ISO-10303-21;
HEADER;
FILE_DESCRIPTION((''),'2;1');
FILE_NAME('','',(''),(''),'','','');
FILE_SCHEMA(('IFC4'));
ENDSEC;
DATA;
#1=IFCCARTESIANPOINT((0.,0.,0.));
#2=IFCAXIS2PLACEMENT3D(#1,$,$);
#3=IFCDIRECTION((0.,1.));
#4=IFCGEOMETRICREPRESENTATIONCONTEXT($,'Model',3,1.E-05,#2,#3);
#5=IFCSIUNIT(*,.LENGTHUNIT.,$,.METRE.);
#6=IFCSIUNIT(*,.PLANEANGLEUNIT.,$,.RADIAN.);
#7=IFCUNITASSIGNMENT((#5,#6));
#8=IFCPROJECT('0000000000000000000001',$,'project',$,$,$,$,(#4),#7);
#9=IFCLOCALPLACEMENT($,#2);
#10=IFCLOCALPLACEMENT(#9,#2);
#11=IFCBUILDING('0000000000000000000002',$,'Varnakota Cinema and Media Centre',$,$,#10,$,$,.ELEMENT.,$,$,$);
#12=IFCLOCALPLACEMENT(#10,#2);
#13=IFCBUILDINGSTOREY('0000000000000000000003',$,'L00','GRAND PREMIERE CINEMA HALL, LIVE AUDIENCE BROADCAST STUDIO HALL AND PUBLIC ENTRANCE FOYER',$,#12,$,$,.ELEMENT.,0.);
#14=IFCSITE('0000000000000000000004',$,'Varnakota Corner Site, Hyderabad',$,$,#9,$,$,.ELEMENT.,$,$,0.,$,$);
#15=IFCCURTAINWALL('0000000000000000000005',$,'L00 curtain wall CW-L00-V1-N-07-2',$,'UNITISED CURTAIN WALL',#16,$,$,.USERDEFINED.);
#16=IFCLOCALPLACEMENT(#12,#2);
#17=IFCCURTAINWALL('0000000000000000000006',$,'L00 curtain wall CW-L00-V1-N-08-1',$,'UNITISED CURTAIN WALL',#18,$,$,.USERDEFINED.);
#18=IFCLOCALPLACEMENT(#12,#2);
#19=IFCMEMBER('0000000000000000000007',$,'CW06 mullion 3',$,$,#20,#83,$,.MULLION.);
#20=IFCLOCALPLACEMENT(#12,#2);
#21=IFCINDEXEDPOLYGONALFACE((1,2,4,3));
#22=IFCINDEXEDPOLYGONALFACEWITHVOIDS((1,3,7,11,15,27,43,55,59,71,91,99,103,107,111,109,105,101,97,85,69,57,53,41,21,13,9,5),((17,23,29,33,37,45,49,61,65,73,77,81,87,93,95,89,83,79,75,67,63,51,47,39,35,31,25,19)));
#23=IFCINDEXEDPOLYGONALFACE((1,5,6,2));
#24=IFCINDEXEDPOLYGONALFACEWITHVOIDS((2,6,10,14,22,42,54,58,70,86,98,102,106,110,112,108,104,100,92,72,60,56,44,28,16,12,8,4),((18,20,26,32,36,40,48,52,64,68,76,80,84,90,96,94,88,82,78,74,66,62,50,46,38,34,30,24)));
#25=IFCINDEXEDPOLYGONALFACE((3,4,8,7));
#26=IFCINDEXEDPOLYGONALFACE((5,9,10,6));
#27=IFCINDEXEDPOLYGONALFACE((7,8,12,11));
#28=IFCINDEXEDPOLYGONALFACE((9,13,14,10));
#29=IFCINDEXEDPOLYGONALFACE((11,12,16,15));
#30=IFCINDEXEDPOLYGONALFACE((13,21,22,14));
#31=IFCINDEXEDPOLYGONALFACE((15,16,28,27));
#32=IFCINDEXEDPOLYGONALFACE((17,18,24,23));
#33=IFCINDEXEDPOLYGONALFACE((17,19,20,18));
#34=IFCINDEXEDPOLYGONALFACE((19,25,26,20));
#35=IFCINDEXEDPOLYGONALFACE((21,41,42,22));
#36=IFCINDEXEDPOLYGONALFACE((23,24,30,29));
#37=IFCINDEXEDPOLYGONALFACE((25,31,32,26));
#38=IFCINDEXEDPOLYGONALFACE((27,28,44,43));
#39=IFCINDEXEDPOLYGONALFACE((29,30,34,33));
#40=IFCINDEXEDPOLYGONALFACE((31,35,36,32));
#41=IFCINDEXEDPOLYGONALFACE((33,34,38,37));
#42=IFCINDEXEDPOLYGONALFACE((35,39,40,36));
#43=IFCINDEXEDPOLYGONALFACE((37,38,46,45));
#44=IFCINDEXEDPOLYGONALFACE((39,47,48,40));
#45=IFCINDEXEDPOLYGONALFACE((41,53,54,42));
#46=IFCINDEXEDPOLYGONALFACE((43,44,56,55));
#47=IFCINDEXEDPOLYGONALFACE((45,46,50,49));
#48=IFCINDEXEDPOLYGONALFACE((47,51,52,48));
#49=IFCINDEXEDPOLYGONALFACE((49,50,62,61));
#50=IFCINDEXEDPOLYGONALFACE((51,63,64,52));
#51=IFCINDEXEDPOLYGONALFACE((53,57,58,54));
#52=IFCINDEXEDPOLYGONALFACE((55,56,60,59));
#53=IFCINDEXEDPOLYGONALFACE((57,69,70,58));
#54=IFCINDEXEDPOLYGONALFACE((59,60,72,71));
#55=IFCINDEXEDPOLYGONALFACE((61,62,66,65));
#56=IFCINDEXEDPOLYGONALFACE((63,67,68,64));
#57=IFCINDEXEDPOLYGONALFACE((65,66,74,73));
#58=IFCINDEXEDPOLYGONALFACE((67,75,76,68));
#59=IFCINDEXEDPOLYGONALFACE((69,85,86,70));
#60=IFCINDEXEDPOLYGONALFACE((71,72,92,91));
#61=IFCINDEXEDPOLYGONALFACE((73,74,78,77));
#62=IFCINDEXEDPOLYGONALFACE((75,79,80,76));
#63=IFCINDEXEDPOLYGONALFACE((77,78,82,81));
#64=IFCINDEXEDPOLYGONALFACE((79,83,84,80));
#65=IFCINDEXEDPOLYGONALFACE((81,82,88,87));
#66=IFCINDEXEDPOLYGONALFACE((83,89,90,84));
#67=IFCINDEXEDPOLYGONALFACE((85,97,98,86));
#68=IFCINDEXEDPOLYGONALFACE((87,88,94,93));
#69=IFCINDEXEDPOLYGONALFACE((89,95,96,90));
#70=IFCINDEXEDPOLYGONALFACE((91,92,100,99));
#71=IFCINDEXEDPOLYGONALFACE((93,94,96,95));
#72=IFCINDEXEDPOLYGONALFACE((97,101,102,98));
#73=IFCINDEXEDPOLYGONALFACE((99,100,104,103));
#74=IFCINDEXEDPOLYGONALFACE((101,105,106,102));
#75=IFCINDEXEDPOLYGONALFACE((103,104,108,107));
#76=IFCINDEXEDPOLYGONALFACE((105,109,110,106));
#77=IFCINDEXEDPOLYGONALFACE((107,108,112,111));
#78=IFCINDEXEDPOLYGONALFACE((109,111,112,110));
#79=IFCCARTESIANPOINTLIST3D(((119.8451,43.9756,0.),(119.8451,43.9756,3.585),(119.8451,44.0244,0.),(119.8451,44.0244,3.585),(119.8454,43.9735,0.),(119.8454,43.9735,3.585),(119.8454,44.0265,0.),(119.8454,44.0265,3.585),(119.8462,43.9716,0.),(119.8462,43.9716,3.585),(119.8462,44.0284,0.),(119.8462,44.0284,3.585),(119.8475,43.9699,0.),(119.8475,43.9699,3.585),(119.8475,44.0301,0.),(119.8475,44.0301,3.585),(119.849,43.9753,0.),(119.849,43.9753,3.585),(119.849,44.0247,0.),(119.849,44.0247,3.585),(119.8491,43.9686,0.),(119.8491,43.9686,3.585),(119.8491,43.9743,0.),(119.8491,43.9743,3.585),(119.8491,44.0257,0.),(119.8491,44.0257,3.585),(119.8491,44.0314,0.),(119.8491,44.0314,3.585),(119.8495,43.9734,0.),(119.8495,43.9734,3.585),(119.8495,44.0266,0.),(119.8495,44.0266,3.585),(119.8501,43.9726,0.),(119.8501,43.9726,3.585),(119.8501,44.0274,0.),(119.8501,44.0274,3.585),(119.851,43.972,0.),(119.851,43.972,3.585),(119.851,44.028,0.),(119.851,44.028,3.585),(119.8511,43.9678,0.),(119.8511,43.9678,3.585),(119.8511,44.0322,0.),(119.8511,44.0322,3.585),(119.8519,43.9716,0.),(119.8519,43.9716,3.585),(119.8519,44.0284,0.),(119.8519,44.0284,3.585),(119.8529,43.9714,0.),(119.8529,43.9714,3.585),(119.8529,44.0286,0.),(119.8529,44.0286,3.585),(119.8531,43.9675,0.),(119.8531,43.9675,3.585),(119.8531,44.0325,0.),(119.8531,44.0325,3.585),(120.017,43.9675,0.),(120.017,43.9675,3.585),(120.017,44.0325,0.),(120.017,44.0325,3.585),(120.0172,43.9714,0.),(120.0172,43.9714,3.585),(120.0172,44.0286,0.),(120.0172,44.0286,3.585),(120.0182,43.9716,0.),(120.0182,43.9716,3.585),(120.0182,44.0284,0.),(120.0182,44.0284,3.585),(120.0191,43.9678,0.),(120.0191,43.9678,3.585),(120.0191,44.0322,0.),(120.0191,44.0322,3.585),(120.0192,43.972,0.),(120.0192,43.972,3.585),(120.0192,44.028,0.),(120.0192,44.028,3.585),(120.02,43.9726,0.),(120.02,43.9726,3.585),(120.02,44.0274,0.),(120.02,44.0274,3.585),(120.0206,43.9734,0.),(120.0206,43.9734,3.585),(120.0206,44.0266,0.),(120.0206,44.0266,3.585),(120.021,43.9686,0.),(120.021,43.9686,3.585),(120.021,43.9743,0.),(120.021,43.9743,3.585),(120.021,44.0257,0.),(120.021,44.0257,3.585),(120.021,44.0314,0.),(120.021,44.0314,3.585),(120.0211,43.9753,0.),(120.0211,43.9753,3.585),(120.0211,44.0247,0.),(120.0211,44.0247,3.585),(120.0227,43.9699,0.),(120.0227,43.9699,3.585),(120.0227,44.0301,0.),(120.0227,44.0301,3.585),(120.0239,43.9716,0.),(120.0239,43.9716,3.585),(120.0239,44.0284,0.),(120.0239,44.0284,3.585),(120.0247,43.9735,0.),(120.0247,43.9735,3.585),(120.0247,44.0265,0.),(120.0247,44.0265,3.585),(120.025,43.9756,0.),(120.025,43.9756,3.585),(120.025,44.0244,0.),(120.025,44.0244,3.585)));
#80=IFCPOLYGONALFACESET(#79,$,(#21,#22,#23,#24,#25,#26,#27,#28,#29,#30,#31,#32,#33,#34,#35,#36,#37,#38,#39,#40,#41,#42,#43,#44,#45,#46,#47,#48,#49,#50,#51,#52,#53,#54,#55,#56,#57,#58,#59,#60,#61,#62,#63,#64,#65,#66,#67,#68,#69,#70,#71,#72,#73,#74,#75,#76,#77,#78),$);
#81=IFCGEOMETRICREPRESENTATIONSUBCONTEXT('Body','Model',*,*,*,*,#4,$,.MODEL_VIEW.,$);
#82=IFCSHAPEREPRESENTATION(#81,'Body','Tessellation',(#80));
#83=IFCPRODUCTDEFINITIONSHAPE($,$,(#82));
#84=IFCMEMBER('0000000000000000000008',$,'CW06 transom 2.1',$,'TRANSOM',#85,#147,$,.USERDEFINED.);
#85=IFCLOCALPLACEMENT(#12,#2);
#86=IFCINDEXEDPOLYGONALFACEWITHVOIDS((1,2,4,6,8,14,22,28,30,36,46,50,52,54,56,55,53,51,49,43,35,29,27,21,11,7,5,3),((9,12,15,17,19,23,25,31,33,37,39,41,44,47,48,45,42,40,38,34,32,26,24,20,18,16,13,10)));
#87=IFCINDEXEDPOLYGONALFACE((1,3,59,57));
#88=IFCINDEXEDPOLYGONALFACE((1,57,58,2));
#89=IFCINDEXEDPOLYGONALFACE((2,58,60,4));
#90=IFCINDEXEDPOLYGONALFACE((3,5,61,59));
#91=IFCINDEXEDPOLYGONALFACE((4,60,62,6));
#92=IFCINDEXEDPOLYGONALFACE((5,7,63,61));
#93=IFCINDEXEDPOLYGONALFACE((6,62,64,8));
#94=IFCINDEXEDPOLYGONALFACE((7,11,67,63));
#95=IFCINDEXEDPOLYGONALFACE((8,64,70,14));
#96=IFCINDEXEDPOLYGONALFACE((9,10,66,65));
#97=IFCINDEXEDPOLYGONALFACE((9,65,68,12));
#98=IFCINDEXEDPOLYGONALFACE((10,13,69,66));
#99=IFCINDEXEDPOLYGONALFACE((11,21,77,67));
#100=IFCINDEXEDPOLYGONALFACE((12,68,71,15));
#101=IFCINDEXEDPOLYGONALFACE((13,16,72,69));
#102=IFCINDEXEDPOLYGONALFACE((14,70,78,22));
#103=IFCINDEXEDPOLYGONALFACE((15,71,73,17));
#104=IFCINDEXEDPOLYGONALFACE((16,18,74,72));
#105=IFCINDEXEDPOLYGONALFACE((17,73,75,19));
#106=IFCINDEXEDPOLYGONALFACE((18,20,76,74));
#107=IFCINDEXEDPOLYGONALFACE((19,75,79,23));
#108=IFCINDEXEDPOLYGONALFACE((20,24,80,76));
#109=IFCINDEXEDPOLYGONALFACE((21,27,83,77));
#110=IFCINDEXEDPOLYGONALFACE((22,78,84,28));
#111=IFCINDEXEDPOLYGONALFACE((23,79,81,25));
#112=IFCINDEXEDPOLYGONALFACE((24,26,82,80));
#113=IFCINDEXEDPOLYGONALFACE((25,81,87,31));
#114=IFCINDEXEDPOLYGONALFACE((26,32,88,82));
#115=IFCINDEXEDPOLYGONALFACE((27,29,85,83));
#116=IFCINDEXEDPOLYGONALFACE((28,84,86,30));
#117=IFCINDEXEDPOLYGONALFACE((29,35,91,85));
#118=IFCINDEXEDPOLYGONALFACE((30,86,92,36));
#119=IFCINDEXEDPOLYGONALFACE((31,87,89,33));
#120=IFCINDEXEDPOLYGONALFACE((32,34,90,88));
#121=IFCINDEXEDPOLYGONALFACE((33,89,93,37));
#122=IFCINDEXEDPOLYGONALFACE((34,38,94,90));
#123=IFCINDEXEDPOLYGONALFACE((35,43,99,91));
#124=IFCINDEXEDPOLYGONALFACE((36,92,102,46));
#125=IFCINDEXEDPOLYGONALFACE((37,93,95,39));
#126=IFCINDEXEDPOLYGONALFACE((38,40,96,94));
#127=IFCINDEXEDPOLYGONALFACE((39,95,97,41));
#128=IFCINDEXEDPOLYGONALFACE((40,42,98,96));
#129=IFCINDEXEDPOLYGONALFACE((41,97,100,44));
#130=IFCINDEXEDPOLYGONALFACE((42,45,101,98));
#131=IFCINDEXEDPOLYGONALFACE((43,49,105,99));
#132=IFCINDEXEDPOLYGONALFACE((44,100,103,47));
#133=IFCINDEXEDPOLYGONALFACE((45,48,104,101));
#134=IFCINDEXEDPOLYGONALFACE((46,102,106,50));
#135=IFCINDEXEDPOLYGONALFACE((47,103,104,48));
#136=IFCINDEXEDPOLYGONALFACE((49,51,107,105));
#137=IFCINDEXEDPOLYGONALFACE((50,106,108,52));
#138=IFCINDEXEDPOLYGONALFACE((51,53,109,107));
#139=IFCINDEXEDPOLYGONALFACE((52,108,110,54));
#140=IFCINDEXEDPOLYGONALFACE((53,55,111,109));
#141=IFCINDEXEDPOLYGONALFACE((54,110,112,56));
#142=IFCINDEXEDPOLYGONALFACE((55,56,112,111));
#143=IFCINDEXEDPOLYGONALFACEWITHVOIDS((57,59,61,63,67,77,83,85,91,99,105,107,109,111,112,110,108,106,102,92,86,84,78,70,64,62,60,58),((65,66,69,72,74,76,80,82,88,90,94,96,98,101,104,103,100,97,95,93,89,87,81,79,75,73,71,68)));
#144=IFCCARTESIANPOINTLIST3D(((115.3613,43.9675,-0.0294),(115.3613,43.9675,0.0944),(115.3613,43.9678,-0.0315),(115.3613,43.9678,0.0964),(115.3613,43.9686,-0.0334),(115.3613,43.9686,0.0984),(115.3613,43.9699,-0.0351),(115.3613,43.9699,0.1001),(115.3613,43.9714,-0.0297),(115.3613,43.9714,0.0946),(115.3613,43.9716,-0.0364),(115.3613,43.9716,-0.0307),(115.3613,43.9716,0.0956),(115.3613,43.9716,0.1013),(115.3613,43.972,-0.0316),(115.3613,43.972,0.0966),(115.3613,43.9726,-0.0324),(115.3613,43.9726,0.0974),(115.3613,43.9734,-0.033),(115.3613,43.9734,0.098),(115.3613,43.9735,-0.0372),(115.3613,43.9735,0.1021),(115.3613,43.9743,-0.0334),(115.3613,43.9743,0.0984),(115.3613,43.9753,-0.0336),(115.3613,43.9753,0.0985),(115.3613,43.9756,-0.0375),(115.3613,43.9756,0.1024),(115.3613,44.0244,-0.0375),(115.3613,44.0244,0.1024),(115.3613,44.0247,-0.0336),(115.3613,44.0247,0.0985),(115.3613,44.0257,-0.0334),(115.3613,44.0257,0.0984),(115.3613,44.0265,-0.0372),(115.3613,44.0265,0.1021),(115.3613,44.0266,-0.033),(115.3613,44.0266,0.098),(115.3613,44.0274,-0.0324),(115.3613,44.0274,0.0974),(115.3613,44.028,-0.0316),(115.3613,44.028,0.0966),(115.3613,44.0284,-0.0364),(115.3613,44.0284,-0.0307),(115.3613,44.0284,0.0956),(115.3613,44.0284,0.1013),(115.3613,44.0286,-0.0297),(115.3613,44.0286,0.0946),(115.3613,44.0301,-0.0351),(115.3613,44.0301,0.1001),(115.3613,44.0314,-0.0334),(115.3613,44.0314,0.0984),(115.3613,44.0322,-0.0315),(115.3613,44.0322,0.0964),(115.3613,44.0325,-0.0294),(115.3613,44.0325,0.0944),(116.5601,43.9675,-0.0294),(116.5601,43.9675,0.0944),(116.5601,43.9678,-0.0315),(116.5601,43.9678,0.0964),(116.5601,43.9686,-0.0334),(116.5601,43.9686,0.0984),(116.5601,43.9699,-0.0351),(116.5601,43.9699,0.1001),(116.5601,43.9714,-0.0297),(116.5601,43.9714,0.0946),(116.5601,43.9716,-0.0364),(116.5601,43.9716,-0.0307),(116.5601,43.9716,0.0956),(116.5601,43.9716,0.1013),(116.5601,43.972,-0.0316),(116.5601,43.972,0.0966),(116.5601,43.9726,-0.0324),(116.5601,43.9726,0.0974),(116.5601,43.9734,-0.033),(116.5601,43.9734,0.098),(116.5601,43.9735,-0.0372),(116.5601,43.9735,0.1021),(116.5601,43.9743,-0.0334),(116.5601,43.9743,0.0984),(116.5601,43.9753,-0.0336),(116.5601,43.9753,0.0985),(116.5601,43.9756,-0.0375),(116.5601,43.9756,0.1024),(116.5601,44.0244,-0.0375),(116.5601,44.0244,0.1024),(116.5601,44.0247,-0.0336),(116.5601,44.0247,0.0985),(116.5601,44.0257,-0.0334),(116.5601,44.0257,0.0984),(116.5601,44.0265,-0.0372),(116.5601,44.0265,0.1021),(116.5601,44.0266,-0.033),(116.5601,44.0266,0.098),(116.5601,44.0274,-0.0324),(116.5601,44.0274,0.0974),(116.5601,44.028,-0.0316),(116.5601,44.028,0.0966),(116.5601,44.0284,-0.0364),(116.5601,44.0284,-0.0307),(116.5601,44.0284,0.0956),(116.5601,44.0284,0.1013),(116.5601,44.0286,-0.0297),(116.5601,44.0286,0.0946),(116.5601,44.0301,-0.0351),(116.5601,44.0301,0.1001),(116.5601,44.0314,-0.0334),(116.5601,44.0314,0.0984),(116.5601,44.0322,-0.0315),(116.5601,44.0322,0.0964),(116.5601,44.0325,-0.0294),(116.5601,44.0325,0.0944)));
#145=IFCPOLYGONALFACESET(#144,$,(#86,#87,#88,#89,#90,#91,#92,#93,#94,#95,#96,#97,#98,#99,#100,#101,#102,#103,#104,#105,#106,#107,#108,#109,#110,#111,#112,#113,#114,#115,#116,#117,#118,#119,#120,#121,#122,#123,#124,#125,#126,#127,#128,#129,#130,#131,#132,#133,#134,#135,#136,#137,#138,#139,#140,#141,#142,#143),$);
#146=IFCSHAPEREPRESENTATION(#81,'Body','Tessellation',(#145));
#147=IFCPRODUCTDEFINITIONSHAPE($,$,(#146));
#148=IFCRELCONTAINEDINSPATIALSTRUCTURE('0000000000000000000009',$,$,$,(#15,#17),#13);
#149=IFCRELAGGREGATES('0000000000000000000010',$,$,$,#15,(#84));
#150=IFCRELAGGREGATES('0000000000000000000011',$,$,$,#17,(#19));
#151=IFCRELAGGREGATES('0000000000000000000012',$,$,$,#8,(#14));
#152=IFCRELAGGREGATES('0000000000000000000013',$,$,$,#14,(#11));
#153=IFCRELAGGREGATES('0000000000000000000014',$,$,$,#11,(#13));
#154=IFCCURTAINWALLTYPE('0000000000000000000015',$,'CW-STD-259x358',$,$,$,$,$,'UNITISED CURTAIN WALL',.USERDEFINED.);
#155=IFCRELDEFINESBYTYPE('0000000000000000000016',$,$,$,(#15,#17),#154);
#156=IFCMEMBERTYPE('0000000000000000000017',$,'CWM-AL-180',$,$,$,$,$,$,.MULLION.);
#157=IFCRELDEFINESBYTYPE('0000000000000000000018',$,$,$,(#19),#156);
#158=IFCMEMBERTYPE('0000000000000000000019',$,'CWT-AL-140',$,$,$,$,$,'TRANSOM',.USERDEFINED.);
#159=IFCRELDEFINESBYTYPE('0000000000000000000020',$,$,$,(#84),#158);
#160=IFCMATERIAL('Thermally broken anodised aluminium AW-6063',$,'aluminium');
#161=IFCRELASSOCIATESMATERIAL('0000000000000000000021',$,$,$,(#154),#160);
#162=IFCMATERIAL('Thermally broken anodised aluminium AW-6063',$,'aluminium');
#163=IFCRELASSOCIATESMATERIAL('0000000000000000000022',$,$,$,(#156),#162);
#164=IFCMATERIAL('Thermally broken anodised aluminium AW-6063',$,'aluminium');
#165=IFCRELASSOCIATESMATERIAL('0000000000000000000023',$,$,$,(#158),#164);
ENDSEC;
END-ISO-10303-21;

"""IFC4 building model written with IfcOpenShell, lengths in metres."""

from ifc_helpers import new_model, si_unit, direction, frame, origin, origin_2d, place, context, subcontext, project, spatial, hollow_rectangle, extrude, material, material_profile, profile_set, type_object, element, aggregate, save


model = new_model("IFC4")

# Units and contexts
model_context = context("Model", 3, precision=1e-05, world=origin(), true_north=direction((0.0, 1.0)))
body_context = subcontext(model_context, "Body", "Model", "MODEL_VIEW")
ifc_project = project(units=[si_unit("LENGTHUNIT", "METRE"), si_unit("PLANEANGLEUNIT", "RADIAN")], contexts=[model_context])

# Site, building, storey
site_placement = place(None, origin())
site = spatial("IfcSite", under=ifc_project, at=site_placement, Name="Varnakota Corner Site, Hyderabad", CompositionType="ELEMENT", RefElevation=0.0)
building_placement = place(site_placement, origin())
building = spatial("IfcBuilding", under=site, at=building_placement, Name="Varnakota Cinema and Media Centre", CompositionType="ELEMENT")
storey_placement = place(building_placement, origin())
storey = spatial("IfcBuildingStorey", under=building, at=storey_placement, Name="L00", Description="GRAND PREMIERE CINEMA HALL, LIVE AUDIENCE BROADCAST STUDIO HALL AND PUBLIC ENTRANCE FOYER", CompositionType="ELEMENT", Elevation=0.0)

# Curtain walls, member
ifc_material_1 = material(Name="Thermally broken anodised aluminium AW-6063", Category="aluminium")
curtain_wall_type = type_object("IfcCurtainWallType", Name="CW-STD-259x358", ElementType="UNITISED CURTAIN WALL", PredefinedType="USERDEFINED", material=ifc_material_1)
curtain_wall_1_placement = place(storey_placement, origin())
curtain_wall_1 = element("IfcCurtainWall", 1, at=curtain_wall_1_placement, inside=storey, type_object=curtain_wall_type, Name="L00 curtain wall CW-L00-V1-N-07-2", ObjectType="UNITISED CURTAIN WALL", PredefinedType="USERDEFINED")
ifc_material_2 = material(Name="Thermally broken anodised aluminium AW-6063", Category="aluminium")
ifc_material_profile_1 = material_profile(ifc_material_2, hollow_rectangle(XDim=0.0649, YDim=0.1799, WallThickness=0.0039, InnerFilletRadius=0.0039, OuterFilletRadius=0.0081, at=origin_2d()), Name="AL-MULLION 180x65x4")
ifc_profile_set_1 = profile_set([ifc_material_profile_1], Name="Thermally broken anodised aluminium AW-6063")
member_type_1 = type_object("IfcMemberType", Name="CWM-AL-180", PredefinedType="MULLION", material=ifc_profile_set_1)
curtain_wall_2_placement = place(storey_placement, origin())
curtain_wall_2 = element("IfcCurtainWall", 2, at=curtain_wall_2_placement, inside=storey, type_object=curtain_wall_type, Name="L00 curtain wall CW-L00-V1-N-08-1", ObjectType="UNITISED CURTAIN WALL", PredefinedType="USERDEFINED")
member_1_placement = place(storey_placement, frame((119.9351, 44.0, 0.0), z_axis=(0.0, 0.0, 1.0), x_axis=(0.0, 1.0, 0.0)))
member_1 = element("IfcMember", 3, at=member_1_placement, type_object=member_type_1, Name="CW06 mullion 3", PredefinedType="MULLION", context=body_context, shape_type="SweptSolid", body=[
    extrude(hollow_rectangle(XDim=0.0649, YDim=0.1799, WallThickness=0.0039, InnerFilletRadius=0.0039, OuterFilletRadius=0.0081, at=origin_2d()), origin(), (0.0, 0.0, 1.0), 3.585),
])

# Member
ifc_material_3 = material(Name="Thermally broken anodised aluminium AW-6063", Category="aluminium")
ifc_material_profile_2 = material_profile(ifc_material_3, hollow_rectangle(XDim=0.0649, YDim=0.1399, WallThickness=0.0039, InnerFilletRadius=0.0039, OuterFilletRadius=0.0081, at=origin_2d()), Name="AL-TRANSOM 140x65x4")
ifc_profile_set_2 = profile_set([ifc_material_profile_2], Name="Thermally broken anodised aluminium AW-6063")
member_type_2 = type_object("IfcMemberType", Name="CWT-AL-140", ElementType="TRANSOM", PredefinedType="USERDEFINED", material=ifc_profile_set_2)
member_2_placement = place(storey_placement, frame((115.3613, 44.0, 0.0325), z_axis=(1.0, 0.0, 0.0), x_axis=(0.0, 1.0, 0.0)))
member_2 = element("IfcMember", 4, at=member_2_placement, type_object=member_type_2, Name="CW06 transom 2.1", ObjectType="TRANSOM", PredefinedType="USERDEFINED", context=body_context, shape_type="SweptSolid", body=[
    extrude(hollow_rectangle(XDim=0.0649, YDim=0.1399, WallThickness=0.0039, InnerFilletRadius=0.0039, OuterFilletRadius=0.0081, at=origin_2d()), origin(), (0.0, 0.0, 1.0), 1.1987),
])

aggregate(curtain_wall_1, [member_2])
aggregate(curtain_wall_2, [member_1])

save(model, "model.ifc")
